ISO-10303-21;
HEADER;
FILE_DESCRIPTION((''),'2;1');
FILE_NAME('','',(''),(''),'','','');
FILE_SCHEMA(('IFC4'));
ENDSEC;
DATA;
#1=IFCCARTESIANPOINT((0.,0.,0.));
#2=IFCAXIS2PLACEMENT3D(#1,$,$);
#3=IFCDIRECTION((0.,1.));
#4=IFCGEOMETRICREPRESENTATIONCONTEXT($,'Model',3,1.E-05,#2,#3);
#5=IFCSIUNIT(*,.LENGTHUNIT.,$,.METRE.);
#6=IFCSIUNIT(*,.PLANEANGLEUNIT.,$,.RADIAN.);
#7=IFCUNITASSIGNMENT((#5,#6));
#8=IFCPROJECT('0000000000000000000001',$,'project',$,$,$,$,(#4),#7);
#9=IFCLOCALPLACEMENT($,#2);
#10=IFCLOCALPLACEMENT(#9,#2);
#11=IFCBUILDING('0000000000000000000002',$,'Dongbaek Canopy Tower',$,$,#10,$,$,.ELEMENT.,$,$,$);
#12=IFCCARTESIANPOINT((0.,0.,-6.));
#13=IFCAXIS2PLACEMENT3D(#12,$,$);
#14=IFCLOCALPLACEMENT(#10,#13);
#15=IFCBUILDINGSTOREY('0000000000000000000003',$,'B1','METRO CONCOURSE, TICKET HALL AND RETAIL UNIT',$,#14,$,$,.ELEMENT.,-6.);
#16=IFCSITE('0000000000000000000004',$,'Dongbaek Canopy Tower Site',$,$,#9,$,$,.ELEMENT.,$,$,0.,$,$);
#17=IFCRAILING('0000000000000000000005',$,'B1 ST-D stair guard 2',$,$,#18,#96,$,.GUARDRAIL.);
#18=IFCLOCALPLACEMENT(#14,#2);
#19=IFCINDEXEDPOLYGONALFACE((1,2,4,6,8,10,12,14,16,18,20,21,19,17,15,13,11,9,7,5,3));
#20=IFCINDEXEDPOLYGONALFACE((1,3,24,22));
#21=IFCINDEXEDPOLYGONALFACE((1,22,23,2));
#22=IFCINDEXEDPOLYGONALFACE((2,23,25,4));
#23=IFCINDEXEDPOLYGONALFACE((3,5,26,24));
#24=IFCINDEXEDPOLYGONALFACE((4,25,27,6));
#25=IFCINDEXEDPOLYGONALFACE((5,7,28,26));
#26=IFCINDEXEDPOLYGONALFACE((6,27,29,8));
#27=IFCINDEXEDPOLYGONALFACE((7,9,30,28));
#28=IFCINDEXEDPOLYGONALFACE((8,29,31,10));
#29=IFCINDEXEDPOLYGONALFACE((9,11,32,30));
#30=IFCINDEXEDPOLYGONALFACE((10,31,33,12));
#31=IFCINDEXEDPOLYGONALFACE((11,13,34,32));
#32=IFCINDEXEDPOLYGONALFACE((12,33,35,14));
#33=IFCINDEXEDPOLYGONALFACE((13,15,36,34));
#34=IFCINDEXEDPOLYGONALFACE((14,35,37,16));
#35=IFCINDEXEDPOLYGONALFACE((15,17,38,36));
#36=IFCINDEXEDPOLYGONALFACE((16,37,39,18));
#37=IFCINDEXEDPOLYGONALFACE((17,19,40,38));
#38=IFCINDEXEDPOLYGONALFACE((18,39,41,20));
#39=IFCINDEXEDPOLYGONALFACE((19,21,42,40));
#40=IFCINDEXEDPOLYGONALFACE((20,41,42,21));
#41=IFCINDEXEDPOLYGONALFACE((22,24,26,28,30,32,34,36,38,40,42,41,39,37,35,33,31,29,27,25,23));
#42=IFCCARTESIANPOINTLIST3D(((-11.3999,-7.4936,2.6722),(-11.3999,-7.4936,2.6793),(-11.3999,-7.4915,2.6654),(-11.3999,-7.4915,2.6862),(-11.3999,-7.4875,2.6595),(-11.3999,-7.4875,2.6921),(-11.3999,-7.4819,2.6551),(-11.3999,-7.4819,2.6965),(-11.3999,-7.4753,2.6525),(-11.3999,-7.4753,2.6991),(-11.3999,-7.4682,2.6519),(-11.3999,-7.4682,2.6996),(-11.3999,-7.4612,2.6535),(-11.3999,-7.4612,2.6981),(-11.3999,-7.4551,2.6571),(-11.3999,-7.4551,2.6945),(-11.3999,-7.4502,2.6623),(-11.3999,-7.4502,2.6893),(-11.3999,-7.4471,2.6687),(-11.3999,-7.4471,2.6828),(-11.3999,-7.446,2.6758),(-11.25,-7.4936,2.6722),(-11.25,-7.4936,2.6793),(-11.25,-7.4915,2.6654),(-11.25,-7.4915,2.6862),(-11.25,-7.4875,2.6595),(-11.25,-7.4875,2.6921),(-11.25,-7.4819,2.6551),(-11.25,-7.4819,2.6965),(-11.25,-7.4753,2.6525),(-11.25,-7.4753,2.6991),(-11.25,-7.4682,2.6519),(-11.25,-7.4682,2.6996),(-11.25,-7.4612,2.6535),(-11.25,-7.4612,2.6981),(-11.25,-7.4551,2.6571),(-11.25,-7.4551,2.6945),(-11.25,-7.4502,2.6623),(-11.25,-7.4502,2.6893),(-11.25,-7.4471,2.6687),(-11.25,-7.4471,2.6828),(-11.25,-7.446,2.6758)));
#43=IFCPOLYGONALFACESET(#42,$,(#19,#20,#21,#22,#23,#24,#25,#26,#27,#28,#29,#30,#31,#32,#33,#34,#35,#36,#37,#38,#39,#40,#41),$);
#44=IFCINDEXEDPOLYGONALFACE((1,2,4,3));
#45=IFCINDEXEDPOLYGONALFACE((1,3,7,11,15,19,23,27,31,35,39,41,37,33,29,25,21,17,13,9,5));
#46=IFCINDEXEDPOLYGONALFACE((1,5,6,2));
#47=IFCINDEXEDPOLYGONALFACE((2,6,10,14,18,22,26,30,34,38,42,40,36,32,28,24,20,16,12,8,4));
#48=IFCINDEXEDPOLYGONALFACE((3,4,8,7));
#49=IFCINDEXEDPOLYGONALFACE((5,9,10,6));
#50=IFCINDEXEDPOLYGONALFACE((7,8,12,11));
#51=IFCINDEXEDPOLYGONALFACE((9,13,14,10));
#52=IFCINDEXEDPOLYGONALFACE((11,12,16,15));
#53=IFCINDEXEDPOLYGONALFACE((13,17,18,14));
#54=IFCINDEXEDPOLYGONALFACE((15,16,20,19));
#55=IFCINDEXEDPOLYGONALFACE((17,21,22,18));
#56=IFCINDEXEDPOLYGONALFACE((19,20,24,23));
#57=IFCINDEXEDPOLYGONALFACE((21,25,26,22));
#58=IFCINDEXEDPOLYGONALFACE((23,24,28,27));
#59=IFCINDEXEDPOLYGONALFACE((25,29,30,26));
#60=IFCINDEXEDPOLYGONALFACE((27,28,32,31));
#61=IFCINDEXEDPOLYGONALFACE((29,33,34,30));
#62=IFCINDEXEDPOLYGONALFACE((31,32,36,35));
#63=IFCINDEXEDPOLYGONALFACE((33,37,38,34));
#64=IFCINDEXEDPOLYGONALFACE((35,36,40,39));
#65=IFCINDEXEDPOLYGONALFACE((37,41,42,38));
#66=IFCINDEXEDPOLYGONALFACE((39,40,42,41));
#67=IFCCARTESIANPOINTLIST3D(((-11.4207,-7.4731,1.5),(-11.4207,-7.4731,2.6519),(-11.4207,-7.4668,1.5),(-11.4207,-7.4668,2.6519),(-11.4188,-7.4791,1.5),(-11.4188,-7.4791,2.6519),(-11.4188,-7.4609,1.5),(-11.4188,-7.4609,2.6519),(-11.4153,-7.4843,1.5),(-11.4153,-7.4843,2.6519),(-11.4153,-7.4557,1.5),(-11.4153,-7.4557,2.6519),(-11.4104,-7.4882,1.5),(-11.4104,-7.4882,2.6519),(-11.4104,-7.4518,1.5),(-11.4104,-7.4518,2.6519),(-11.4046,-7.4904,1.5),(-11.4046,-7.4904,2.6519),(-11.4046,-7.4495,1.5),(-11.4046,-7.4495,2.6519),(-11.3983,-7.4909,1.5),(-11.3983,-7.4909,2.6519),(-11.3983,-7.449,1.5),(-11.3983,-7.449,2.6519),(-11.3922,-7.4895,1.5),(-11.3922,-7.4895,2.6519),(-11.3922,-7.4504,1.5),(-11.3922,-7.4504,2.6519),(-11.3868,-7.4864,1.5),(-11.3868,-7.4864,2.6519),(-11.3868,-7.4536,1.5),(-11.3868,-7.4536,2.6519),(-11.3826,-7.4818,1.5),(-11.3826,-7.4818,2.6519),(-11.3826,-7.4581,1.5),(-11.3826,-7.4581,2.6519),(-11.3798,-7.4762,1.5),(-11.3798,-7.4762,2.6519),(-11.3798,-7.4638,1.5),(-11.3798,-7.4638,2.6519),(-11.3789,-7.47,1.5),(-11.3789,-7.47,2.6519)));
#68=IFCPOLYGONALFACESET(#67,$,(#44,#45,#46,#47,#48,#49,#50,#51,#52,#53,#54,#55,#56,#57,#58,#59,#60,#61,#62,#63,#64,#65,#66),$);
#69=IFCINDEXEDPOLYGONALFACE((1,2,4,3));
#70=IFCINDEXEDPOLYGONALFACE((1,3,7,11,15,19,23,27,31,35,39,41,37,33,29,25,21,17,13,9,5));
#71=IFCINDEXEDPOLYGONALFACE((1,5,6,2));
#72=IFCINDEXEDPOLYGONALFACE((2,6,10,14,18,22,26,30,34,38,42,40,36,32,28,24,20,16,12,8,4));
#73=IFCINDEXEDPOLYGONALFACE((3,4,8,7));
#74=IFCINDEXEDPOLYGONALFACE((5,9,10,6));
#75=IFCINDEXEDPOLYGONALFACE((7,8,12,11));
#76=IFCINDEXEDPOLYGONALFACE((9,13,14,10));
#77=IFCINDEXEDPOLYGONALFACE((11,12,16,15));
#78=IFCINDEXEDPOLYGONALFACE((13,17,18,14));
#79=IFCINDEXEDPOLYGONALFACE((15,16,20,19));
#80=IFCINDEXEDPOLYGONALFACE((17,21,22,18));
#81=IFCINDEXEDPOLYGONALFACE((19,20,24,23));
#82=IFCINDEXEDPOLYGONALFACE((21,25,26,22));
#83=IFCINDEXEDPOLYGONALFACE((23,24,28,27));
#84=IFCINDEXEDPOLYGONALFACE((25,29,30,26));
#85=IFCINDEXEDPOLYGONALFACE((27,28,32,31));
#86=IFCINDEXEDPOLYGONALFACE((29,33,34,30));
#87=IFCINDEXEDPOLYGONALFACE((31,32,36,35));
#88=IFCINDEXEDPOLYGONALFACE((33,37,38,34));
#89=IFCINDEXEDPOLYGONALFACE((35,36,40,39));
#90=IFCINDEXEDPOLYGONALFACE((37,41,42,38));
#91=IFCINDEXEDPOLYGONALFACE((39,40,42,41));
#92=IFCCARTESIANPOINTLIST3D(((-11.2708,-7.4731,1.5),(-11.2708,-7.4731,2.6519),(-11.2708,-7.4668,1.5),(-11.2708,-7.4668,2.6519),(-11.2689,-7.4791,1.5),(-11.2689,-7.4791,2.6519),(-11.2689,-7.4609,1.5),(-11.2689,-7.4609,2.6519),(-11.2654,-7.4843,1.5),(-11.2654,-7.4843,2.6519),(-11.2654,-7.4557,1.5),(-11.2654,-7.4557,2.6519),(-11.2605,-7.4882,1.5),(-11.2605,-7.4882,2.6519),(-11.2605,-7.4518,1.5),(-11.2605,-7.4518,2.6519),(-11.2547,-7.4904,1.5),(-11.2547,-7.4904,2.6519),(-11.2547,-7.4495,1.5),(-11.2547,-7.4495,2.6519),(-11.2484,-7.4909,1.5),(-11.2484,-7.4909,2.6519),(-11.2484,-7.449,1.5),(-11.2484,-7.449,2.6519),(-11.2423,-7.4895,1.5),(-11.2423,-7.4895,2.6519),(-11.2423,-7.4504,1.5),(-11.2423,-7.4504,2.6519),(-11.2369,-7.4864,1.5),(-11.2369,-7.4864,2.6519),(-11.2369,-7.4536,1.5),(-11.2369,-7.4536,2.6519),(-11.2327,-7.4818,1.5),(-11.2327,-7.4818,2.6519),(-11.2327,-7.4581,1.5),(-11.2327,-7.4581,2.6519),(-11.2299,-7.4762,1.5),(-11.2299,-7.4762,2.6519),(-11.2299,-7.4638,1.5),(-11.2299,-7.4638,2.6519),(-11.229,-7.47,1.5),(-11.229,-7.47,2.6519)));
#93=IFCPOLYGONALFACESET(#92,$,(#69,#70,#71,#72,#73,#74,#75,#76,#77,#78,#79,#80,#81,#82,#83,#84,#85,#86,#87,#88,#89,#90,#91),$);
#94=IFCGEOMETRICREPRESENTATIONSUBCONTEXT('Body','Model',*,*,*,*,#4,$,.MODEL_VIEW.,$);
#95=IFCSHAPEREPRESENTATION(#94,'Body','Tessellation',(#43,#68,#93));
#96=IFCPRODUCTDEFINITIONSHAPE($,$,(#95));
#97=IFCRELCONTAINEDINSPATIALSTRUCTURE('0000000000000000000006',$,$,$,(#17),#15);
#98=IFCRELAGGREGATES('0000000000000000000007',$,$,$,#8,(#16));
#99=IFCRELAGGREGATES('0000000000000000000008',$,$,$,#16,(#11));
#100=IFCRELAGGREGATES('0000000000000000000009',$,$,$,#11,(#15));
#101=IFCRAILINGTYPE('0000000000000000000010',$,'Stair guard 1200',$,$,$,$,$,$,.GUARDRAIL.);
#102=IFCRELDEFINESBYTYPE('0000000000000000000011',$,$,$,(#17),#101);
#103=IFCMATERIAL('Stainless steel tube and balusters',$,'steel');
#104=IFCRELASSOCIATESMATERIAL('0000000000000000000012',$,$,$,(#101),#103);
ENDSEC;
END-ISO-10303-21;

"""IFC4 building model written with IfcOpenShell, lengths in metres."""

from ifc_helpers import new_model, si_unit, direction, frame, origin, origin_2d, place, context, subcontext, project, spatial, circle, extrude, material, type_object, element, save


model = new_model("IFC4")

# Units and contexts
model_context = context("Model", 3, precision=1e-05, world=origin(), true_north=direction((0.0, 1.0)))
body_context = subcontext(model_context, "Body", "Model", "MODEL_VIEW")
ifc_project = project(units=[si_unit("LENGTHUNIT", "METRE"), si_unit("PLANEANGLEUNIT", "RADIAN")], contexts=[model_context])

# Site, building, storey
site_placement = place(None, origin())
site = spatial("IfcSite", under=ifc_project, at=site_placement, Name="Dongbaek Canopy Tower Site", CompositionType="ELEMENT", RefElevation=0.0)
building_placement = place(site_placement, origin())
building = spatial("IfcBuilding", under=site, at=building_placement, Name="Dongbaek Canopy Tower", CompositionType="ELEMENT")
storey_placement = place(building_placement, frame((0.0, 0.0, -6.0)))
storey = spatial("IfcBuildingStorey", under=building, at=storey_placement, Name="B1", Description="METRO CONCOURSE, TICKET HALL AND RETAIL UNIT", CompositionType="ELEMENT", Elevation=-6.0)

# Railing
ifc_material_1 = material(Name="Stainless steel tube and balusters", Category="steel")
railing_type = type_object("IfcRailingType", Name="Stair guard 1200", PredefinedType="GUARDRAIL", material=ifc_material_1)
railing_placement = place(storey_placement, frame((-11.3999, -7.47, 1.5)))
element("IfcRailing", 1, at=railing_placement, inside=storey, type_object=railing_type, Name="B1 ST-D stair guard 2", PredefinedType="GUARDRAIL", context=body_context, shape_type="SweptSolid", body=[
    extrude(circle(Radius=0.0239, at=origin_2d()), frame((0.0, 0.0, 1.1758), z_axis=(1.0, 0.0, 0.0), x_axis=(0.0, 1.0, 0.0)), (0.0, 0.0, 1.0), 0.1499),
    extrude(circle(Radius=0.021, at=origin_2d()), origin(), (0.0, 0.0, 1.0), 1.1519),
    extrude(circle(Radius=0.021, at=origin_2d()), frame((0.1499, 0.0, 0.0)), (0.0, 0.0, 1.0), 1.1519),
])

save(model, "model.ifc")
